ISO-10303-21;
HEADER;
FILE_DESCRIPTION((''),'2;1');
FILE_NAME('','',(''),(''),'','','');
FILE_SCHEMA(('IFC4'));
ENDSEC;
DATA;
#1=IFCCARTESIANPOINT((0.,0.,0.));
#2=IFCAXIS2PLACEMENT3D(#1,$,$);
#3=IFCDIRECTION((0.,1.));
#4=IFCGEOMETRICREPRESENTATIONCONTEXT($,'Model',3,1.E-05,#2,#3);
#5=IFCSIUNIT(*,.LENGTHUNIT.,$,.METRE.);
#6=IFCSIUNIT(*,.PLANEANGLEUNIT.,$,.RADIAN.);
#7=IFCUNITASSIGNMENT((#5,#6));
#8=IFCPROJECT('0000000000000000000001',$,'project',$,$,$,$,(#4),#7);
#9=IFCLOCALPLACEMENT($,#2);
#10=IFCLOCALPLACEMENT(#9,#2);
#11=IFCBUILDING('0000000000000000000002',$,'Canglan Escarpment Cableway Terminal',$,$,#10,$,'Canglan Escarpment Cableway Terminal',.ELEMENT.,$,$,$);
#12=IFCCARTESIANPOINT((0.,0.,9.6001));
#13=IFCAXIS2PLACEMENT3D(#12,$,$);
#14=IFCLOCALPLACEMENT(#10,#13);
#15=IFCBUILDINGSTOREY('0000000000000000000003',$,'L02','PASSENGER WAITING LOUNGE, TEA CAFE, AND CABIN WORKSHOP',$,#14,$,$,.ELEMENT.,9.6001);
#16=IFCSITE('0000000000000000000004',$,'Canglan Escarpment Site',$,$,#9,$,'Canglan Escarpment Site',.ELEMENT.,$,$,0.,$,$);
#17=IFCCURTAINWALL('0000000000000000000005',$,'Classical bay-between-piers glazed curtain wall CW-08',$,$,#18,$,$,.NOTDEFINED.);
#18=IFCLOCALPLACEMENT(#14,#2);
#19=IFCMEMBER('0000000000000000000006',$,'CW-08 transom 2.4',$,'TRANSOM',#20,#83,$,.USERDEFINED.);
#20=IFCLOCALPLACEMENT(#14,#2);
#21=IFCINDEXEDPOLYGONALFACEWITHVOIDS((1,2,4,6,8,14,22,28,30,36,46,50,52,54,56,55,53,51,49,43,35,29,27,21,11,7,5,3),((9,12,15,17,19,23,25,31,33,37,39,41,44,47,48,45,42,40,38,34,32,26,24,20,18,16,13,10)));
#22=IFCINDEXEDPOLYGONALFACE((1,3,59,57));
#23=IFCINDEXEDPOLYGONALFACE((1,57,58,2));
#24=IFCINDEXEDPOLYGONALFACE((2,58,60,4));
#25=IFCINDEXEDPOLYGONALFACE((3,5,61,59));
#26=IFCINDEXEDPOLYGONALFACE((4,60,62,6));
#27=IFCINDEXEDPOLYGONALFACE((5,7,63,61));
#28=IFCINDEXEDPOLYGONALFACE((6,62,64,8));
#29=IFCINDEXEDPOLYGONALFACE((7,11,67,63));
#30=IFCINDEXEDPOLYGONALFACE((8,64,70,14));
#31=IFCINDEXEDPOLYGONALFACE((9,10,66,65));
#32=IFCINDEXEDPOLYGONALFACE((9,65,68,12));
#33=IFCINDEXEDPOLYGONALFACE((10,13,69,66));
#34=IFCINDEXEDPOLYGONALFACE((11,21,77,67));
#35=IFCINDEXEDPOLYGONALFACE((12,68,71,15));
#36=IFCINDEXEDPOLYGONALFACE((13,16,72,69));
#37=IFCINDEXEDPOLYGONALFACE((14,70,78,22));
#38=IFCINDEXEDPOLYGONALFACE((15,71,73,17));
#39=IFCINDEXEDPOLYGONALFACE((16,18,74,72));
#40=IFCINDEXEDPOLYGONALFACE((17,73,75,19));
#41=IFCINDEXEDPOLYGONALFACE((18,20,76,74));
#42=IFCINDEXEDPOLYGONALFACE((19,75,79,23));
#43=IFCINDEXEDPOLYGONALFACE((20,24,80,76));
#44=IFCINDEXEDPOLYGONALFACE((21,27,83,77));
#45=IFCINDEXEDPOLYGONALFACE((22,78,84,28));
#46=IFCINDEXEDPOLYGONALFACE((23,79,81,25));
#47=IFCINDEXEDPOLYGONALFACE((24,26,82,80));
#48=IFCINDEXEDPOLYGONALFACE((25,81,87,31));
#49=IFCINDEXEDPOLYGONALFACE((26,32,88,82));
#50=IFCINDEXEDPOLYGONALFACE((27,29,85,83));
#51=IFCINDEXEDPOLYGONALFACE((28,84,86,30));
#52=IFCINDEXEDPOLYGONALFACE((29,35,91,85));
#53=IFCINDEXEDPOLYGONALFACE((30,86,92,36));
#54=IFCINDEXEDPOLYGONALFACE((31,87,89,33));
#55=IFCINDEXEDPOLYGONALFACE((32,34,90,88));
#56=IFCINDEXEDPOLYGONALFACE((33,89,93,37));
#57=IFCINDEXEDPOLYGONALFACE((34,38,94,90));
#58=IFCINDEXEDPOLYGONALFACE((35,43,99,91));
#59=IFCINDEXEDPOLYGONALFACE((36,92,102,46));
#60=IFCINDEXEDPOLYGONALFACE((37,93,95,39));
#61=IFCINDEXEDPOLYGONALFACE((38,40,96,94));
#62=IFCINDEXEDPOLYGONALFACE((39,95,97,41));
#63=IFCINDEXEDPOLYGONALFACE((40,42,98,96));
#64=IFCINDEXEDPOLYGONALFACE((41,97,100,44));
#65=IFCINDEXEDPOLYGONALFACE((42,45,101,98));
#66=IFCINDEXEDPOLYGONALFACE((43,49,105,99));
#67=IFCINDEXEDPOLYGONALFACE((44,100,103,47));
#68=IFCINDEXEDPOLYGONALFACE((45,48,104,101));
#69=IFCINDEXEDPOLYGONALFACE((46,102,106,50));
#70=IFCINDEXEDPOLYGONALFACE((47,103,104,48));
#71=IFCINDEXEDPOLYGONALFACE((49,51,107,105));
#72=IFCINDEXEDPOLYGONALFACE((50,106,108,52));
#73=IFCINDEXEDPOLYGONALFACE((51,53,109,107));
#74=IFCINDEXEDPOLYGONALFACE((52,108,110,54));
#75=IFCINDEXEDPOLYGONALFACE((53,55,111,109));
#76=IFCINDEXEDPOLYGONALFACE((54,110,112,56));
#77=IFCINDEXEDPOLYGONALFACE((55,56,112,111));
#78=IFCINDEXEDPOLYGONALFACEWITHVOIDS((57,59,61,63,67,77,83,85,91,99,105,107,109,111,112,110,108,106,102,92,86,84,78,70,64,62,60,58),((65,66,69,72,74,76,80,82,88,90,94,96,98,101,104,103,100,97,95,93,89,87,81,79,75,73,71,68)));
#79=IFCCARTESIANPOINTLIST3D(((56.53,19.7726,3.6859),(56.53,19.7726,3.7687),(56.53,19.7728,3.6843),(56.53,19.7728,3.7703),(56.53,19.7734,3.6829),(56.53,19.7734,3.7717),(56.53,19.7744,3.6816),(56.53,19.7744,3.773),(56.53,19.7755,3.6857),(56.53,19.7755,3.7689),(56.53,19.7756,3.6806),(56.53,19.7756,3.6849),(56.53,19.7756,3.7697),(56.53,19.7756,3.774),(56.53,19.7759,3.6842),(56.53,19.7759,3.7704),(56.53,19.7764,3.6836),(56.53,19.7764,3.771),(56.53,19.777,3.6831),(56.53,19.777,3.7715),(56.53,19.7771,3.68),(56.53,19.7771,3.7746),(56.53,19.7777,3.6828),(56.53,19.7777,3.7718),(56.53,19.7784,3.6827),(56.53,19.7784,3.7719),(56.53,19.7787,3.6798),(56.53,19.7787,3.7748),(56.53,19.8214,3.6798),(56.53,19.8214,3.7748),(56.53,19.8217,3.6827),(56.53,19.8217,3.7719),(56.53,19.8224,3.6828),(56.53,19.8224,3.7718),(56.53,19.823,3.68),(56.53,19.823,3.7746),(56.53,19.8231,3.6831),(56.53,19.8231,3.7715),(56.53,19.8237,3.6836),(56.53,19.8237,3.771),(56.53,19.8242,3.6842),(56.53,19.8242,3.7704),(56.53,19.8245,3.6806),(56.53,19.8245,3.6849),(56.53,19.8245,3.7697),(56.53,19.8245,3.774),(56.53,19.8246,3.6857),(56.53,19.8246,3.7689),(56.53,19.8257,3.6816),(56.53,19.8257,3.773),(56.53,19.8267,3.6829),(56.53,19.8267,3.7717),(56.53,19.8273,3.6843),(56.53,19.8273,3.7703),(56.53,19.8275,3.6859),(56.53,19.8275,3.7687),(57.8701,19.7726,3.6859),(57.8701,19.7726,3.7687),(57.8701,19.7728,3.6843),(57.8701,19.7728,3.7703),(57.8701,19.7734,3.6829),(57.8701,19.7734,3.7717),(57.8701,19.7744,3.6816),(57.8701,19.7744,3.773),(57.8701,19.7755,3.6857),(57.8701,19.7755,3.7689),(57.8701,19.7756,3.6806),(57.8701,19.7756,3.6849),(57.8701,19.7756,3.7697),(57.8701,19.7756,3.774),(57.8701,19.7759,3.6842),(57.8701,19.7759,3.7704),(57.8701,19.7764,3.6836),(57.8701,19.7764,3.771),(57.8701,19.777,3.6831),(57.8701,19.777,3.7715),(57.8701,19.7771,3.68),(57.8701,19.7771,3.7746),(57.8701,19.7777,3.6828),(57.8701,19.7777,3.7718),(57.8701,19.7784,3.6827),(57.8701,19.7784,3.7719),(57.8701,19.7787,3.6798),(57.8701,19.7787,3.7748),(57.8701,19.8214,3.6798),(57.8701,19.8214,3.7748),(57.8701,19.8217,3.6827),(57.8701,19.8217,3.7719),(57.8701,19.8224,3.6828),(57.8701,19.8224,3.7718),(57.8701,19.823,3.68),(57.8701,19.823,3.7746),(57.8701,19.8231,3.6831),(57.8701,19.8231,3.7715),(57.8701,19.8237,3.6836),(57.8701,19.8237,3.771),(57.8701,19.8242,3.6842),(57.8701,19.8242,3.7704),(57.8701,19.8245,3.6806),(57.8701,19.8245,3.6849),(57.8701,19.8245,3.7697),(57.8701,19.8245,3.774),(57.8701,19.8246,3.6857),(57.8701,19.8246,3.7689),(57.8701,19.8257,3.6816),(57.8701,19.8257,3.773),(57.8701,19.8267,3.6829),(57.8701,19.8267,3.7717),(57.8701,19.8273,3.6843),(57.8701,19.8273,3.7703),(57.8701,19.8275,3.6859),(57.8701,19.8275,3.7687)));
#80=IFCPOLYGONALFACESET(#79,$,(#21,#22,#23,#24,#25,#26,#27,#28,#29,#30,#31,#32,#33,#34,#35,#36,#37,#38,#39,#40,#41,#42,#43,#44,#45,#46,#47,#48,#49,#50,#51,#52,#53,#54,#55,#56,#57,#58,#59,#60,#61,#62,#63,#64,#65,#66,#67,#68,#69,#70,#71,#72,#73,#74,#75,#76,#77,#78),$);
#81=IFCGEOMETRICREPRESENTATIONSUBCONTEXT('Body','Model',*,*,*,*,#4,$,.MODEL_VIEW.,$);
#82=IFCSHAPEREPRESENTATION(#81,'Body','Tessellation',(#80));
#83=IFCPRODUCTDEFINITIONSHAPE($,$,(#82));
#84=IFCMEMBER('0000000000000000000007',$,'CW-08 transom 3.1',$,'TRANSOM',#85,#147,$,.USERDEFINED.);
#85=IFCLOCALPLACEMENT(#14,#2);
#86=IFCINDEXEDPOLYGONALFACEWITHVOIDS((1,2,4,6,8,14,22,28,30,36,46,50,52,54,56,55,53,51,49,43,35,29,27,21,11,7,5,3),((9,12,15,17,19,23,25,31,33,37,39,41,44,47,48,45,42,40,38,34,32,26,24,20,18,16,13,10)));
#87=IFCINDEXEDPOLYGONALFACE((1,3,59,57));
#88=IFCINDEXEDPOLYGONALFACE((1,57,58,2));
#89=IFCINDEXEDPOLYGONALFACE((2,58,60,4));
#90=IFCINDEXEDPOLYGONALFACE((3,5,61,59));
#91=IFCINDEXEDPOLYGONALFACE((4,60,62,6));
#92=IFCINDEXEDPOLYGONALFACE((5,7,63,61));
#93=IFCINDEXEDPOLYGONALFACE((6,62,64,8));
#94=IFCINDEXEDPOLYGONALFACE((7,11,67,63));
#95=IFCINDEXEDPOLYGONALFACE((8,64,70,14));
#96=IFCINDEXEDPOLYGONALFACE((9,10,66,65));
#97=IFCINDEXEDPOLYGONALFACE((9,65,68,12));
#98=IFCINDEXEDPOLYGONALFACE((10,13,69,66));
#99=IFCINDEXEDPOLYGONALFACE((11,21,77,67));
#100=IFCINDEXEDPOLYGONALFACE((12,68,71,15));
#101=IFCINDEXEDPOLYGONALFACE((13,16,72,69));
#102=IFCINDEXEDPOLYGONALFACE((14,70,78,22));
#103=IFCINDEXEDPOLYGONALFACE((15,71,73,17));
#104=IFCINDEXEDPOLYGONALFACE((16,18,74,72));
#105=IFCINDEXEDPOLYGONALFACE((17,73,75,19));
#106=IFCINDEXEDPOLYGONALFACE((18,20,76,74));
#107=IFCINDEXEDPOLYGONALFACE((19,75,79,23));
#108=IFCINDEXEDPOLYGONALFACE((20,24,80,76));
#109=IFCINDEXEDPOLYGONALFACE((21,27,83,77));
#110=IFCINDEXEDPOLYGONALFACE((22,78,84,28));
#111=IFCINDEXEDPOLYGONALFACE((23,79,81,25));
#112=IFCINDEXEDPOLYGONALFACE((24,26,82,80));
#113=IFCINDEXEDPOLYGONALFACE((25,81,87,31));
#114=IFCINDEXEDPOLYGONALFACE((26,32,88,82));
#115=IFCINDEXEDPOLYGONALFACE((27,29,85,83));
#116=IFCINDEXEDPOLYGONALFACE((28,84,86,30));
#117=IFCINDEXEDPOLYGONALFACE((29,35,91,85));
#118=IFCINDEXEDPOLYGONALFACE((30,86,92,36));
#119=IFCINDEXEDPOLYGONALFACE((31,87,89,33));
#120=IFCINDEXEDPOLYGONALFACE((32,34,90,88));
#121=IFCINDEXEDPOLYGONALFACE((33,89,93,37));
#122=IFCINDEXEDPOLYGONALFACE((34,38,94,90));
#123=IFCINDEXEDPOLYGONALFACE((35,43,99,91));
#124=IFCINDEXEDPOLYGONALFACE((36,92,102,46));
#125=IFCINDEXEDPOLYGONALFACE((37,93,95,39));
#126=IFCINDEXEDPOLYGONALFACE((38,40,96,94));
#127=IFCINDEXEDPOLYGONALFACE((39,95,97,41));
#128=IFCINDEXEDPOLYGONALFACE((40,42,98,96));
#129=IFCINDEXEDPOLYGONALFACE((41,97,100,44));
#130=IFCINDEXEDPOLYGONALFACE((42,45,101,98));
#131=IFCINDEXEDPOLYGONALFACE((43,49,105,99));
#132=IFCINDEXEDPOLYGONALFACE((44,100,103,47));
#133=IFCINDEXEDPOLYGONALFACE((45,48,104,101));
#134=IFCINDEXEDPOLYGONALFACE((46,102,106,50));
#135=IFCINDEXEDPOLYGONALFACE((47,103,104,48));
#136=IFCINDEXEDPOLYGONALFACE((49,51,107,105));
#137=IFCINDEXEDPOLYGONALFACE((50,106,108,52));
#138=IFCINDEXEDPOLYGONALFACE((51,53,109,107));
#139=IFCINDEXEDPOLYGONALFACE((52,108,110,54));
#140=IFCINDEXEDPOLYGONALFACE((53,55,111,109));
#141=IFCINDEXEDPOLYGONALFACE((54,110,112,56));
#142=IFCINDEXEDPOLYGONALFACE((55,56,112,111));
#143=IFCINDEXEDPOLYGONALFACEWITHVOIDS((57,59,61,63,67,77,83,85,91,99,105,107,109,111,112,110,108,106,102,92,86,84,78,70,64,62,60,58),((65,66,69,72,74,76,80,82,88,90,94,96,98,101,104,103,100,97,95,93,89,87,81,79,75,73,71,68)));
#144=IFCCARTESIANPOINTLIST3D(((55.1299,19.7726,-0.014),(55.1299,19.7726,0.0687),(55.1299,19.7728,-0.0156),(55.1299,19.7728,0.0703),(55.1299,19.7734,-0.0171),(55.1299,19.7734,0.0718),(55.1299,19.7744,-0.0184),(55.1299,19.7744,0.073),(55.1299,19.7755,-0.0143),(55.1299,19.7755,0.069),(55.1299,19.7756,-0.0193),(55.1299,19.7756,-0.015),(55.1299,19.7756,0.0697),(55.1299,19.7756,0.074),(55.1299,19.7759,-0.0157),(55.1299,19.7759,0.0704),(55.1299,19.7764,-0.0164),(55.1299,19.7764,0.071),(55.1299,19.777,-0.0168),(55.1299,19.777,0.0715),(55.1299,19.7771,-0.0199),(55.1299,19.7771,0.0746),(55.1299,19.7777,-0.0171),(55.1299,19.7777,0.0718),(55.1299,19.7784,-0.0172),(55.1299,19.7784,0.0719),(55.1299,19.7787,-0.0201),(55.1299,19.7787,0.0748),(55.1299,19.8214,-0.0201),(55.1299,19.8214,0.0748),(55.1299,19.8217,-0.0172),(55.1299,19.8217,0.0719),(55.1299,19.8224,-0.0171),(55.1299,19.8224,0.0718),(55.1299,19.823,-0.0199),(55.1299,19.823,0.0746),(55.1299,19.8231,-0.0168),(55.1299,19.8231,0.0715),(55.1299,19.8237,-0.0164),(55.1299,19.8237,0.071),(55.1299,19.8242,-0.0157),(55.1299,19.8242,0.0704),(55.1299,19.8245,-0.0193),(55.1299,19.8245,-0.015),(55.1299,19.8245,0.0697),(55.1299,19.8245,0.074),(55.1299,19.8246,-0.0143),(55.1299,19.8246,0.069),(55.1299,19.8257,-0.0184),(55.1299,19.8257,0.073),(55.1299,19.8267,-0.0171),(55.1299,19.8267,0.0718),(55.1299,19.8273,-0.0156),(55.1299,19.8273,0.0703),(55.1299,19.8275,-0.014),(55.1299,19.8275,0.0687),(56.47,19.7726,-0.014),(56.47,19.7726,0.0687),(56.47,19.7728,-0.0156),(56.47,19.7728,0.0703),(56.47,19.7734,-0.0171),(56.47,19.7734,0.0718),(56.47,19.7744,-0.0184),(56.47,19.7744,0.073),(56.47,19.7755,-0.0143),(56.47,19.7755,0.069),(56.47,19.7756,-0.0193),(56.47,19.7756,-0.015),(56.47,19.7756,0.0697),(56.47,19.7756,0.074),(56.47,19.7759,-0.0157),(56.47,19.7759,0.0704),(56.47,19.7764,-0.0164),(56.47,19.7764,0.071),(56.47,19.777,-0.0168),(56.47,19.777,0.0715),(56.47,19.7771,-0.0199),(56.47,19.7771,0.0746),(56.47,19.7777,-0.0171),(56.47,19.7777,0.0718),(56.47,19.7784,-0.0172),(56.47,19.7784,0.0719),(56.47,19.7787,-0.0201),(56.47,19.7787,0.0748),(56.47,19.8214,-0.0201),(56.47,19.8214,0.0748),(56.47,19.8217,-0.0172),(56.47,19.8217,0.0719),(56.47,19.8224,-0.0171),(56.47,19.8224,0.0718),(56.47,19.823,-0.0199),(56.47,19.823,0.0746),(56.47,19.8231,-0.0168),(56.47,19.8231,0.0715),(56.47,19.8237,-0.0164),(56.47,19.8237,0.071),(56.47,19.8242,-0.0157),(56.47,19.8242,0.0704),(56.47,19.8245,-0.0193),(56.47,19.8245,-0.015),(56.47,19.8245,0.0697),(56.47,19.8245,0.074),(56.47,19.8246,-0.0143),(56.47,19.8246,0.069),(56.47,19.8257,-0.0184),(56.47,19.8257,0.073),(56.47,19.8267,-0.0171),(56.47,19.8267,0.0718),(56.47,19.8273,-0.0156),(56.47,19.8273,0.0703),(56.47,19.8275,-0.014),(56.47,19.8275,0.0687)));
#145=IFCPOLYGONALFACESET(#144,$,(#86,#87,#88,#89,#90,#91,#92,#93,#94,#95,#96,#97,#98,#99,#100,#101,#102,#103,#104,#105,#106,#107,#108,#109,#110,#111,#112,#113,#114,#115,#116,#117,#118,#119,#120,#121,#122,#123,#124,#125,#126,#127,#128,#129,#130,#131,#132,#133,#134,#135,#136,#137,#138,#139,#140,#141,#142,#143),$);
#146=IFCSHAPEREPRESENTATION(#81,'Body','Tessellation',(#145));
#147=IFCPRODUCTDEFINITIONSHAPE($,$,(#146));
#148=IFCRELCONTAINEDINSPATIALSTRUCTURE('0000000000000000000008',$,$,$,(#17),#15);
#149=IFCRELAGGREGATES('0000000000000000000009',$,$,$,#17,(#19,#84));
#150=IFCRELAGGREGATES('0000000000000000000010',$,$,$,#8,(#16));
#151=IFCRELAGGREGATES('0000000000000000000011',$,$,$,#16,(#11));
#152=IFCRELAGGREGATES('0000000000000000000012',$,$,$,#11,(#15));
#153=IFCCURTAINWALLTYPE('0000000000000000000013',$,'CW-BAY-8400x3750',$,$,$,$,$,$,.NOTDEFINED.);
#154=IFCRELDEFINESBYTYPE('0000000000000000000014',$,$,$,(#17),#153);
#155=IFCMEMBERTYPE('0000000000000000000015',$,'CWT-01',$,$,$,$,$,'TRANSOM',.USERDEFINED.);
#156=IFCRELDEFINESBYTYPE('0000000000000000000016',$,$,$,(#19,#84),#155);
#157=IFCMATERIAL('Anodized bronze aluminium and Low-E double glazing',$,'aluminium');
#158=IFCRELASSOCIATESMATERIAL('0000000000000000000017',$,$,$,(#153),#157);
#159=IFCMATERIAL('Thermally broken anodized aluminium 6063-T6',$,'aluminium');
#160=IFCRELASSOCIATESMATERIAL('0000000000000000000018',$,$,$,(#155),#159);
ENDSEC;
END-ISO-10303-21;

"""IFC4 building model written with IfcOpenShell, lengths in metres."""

from ifc_helpers import new_model, si_unit, direction, frame, origin, origin_2d, place, context, subcontext, project, spatial, hollow_rectangle, extrude, material, material_profile, profile_set, type_object, element, aggregate, save


model = new_model("IFC4")

# Units and contexts
model_context = context("Model", 3, precision=1e-05, world=origin(), true_north=direction((0.0, 1.0)))
body_context = subcontext(model_context, "Body", "Model", "MODEL_VIEW")
ifc_project = project(units=[si_unit("LENGTHUNIT", "METRE"), si_unit("PLANEANGLEUNIT", "RADIAN")], contexts=[model_context])

# Site, building, storey
site_placement = place(None, origin())
site = spatial("IfcSite", under=ifc_project, at=site_placement, Name="Canglan Escarpment Site", LongName="Canglan Escarpment Site", CompositionType="ELEMENT", RefElevation=0.0)
building_placement = place(site_placement, origin())
building = spatial("IfcBuilding", under=site, at=building_placement, Name="Canglan Escarpment Cableway Terminal", LongName="Canglan Escarpment Cableway Terminal", CompositionType="ELEMENT")
storey_placement = place(building_placement, frame((0.0, 0.0, 9.6001)))
storey = spatial("IfcBuildingStorey", under=building, at=storey_placement, Name="L02", Description="PASSENGER WAITING LOUNGE, TEA CAFE, AND CABIN WORKSHOP", CompositionType="ELEMENT", Elevation=9.6001)

# Curtain wall, members
ifc_material_1 = material(Name="Anodized bronze aluminium and Low-E double glazing", Category="aluminium")
curtain_wall_type = type_object("IfcCurtainWallType", Name="CW-BAY-8400x3750", PredefinedType="NOTDEFINED", material=ifc_material_1)
curtain_wall_placement = place(storey_placement, origin())
curtain_wall = element("IfcCurtainWall", 1, at=curtain_wall_placement, inside=storey, type_object=curtain_wall_type, Name="Classical bay-between-piers glazed curtain wall CW-08", PredefinedType="NOTDEFINED")
ifc_material_2 = material(Name="Thermally broken anodized aluminium 6063-T6", Category="aluminium")
ifc_material_profile_1 = material_profile(ifc_material_2, hollow_rectangle(XDim=0.0549, YDim=0.095, WallThickness=0.0029, InnerFilletRadius=0.0029, OuterFilletRadius=0.0061, at=origin_2d()), Name="ALU-TRAN 55x95x3")
ifc_profile_set_1 = profile_set([ifc_material_profile_1], Name="Thermally broken anodized aluminium 6063-T6")
member_type_1 = type_object("IfcMemberType", Name="CWT-01", ElementType="TRANSOM", PredefinedType="USERDEFINED", material=ifc_profile_set_1)
member_1_placement = place(storey_placement, frame((57.8701, 19.8, 3.7273), z_axis=(-1.0, 0.0, 0.0), x_axis=(0.0, -1.0, 0.0)))
member_1 = element("IfcMember", 2, at=member_1_placement, type_object=member_type_1, Name="CW-08 transom 2.4", ObjectType="TRANSOM", PredefinedType="USERDEFINED", context=body_context, shape_type="SweptSolid", body=[
    extrude(hollow_rectangle(XDim=0.0549, YDim=0.095, WallThickness=0.0029, InnerFilletRadius=0.0029, OuterFilletRadius=0.0061, at=origin_2d()), origin(), (0.0, 0.0, 1.0), 1.3401),
])
member_2_placement = place(storey_placement, frame((56.47, 19.8, 0.0273), z_axis=(-1.0, 0.0, 0.0), x_axis=(0.0, -1.0, 0.0)))
member_2 = element("IfcMember", 3, at=member_2_placement, type_object=member_type_1, Name="CW-08 transom 3.1", ObjectType="TRANSOM", PredefinedType="USERDEFINED", context=body_context, shape_type="SweptSolid", body=[
    extrude(hollow_rectangle(XDim=0.0549, YDim=0.095, WallThickness=0.0029, InnerFilletRadius=0.0029, OuterFilletRadius=0.0061, at=origin_2d()), origin(), (0.0, 0.0, 1.0), 1.3401),
])
aggregate(curtain_wall, [member_1, member_2])

save(model, "model.ifc")
